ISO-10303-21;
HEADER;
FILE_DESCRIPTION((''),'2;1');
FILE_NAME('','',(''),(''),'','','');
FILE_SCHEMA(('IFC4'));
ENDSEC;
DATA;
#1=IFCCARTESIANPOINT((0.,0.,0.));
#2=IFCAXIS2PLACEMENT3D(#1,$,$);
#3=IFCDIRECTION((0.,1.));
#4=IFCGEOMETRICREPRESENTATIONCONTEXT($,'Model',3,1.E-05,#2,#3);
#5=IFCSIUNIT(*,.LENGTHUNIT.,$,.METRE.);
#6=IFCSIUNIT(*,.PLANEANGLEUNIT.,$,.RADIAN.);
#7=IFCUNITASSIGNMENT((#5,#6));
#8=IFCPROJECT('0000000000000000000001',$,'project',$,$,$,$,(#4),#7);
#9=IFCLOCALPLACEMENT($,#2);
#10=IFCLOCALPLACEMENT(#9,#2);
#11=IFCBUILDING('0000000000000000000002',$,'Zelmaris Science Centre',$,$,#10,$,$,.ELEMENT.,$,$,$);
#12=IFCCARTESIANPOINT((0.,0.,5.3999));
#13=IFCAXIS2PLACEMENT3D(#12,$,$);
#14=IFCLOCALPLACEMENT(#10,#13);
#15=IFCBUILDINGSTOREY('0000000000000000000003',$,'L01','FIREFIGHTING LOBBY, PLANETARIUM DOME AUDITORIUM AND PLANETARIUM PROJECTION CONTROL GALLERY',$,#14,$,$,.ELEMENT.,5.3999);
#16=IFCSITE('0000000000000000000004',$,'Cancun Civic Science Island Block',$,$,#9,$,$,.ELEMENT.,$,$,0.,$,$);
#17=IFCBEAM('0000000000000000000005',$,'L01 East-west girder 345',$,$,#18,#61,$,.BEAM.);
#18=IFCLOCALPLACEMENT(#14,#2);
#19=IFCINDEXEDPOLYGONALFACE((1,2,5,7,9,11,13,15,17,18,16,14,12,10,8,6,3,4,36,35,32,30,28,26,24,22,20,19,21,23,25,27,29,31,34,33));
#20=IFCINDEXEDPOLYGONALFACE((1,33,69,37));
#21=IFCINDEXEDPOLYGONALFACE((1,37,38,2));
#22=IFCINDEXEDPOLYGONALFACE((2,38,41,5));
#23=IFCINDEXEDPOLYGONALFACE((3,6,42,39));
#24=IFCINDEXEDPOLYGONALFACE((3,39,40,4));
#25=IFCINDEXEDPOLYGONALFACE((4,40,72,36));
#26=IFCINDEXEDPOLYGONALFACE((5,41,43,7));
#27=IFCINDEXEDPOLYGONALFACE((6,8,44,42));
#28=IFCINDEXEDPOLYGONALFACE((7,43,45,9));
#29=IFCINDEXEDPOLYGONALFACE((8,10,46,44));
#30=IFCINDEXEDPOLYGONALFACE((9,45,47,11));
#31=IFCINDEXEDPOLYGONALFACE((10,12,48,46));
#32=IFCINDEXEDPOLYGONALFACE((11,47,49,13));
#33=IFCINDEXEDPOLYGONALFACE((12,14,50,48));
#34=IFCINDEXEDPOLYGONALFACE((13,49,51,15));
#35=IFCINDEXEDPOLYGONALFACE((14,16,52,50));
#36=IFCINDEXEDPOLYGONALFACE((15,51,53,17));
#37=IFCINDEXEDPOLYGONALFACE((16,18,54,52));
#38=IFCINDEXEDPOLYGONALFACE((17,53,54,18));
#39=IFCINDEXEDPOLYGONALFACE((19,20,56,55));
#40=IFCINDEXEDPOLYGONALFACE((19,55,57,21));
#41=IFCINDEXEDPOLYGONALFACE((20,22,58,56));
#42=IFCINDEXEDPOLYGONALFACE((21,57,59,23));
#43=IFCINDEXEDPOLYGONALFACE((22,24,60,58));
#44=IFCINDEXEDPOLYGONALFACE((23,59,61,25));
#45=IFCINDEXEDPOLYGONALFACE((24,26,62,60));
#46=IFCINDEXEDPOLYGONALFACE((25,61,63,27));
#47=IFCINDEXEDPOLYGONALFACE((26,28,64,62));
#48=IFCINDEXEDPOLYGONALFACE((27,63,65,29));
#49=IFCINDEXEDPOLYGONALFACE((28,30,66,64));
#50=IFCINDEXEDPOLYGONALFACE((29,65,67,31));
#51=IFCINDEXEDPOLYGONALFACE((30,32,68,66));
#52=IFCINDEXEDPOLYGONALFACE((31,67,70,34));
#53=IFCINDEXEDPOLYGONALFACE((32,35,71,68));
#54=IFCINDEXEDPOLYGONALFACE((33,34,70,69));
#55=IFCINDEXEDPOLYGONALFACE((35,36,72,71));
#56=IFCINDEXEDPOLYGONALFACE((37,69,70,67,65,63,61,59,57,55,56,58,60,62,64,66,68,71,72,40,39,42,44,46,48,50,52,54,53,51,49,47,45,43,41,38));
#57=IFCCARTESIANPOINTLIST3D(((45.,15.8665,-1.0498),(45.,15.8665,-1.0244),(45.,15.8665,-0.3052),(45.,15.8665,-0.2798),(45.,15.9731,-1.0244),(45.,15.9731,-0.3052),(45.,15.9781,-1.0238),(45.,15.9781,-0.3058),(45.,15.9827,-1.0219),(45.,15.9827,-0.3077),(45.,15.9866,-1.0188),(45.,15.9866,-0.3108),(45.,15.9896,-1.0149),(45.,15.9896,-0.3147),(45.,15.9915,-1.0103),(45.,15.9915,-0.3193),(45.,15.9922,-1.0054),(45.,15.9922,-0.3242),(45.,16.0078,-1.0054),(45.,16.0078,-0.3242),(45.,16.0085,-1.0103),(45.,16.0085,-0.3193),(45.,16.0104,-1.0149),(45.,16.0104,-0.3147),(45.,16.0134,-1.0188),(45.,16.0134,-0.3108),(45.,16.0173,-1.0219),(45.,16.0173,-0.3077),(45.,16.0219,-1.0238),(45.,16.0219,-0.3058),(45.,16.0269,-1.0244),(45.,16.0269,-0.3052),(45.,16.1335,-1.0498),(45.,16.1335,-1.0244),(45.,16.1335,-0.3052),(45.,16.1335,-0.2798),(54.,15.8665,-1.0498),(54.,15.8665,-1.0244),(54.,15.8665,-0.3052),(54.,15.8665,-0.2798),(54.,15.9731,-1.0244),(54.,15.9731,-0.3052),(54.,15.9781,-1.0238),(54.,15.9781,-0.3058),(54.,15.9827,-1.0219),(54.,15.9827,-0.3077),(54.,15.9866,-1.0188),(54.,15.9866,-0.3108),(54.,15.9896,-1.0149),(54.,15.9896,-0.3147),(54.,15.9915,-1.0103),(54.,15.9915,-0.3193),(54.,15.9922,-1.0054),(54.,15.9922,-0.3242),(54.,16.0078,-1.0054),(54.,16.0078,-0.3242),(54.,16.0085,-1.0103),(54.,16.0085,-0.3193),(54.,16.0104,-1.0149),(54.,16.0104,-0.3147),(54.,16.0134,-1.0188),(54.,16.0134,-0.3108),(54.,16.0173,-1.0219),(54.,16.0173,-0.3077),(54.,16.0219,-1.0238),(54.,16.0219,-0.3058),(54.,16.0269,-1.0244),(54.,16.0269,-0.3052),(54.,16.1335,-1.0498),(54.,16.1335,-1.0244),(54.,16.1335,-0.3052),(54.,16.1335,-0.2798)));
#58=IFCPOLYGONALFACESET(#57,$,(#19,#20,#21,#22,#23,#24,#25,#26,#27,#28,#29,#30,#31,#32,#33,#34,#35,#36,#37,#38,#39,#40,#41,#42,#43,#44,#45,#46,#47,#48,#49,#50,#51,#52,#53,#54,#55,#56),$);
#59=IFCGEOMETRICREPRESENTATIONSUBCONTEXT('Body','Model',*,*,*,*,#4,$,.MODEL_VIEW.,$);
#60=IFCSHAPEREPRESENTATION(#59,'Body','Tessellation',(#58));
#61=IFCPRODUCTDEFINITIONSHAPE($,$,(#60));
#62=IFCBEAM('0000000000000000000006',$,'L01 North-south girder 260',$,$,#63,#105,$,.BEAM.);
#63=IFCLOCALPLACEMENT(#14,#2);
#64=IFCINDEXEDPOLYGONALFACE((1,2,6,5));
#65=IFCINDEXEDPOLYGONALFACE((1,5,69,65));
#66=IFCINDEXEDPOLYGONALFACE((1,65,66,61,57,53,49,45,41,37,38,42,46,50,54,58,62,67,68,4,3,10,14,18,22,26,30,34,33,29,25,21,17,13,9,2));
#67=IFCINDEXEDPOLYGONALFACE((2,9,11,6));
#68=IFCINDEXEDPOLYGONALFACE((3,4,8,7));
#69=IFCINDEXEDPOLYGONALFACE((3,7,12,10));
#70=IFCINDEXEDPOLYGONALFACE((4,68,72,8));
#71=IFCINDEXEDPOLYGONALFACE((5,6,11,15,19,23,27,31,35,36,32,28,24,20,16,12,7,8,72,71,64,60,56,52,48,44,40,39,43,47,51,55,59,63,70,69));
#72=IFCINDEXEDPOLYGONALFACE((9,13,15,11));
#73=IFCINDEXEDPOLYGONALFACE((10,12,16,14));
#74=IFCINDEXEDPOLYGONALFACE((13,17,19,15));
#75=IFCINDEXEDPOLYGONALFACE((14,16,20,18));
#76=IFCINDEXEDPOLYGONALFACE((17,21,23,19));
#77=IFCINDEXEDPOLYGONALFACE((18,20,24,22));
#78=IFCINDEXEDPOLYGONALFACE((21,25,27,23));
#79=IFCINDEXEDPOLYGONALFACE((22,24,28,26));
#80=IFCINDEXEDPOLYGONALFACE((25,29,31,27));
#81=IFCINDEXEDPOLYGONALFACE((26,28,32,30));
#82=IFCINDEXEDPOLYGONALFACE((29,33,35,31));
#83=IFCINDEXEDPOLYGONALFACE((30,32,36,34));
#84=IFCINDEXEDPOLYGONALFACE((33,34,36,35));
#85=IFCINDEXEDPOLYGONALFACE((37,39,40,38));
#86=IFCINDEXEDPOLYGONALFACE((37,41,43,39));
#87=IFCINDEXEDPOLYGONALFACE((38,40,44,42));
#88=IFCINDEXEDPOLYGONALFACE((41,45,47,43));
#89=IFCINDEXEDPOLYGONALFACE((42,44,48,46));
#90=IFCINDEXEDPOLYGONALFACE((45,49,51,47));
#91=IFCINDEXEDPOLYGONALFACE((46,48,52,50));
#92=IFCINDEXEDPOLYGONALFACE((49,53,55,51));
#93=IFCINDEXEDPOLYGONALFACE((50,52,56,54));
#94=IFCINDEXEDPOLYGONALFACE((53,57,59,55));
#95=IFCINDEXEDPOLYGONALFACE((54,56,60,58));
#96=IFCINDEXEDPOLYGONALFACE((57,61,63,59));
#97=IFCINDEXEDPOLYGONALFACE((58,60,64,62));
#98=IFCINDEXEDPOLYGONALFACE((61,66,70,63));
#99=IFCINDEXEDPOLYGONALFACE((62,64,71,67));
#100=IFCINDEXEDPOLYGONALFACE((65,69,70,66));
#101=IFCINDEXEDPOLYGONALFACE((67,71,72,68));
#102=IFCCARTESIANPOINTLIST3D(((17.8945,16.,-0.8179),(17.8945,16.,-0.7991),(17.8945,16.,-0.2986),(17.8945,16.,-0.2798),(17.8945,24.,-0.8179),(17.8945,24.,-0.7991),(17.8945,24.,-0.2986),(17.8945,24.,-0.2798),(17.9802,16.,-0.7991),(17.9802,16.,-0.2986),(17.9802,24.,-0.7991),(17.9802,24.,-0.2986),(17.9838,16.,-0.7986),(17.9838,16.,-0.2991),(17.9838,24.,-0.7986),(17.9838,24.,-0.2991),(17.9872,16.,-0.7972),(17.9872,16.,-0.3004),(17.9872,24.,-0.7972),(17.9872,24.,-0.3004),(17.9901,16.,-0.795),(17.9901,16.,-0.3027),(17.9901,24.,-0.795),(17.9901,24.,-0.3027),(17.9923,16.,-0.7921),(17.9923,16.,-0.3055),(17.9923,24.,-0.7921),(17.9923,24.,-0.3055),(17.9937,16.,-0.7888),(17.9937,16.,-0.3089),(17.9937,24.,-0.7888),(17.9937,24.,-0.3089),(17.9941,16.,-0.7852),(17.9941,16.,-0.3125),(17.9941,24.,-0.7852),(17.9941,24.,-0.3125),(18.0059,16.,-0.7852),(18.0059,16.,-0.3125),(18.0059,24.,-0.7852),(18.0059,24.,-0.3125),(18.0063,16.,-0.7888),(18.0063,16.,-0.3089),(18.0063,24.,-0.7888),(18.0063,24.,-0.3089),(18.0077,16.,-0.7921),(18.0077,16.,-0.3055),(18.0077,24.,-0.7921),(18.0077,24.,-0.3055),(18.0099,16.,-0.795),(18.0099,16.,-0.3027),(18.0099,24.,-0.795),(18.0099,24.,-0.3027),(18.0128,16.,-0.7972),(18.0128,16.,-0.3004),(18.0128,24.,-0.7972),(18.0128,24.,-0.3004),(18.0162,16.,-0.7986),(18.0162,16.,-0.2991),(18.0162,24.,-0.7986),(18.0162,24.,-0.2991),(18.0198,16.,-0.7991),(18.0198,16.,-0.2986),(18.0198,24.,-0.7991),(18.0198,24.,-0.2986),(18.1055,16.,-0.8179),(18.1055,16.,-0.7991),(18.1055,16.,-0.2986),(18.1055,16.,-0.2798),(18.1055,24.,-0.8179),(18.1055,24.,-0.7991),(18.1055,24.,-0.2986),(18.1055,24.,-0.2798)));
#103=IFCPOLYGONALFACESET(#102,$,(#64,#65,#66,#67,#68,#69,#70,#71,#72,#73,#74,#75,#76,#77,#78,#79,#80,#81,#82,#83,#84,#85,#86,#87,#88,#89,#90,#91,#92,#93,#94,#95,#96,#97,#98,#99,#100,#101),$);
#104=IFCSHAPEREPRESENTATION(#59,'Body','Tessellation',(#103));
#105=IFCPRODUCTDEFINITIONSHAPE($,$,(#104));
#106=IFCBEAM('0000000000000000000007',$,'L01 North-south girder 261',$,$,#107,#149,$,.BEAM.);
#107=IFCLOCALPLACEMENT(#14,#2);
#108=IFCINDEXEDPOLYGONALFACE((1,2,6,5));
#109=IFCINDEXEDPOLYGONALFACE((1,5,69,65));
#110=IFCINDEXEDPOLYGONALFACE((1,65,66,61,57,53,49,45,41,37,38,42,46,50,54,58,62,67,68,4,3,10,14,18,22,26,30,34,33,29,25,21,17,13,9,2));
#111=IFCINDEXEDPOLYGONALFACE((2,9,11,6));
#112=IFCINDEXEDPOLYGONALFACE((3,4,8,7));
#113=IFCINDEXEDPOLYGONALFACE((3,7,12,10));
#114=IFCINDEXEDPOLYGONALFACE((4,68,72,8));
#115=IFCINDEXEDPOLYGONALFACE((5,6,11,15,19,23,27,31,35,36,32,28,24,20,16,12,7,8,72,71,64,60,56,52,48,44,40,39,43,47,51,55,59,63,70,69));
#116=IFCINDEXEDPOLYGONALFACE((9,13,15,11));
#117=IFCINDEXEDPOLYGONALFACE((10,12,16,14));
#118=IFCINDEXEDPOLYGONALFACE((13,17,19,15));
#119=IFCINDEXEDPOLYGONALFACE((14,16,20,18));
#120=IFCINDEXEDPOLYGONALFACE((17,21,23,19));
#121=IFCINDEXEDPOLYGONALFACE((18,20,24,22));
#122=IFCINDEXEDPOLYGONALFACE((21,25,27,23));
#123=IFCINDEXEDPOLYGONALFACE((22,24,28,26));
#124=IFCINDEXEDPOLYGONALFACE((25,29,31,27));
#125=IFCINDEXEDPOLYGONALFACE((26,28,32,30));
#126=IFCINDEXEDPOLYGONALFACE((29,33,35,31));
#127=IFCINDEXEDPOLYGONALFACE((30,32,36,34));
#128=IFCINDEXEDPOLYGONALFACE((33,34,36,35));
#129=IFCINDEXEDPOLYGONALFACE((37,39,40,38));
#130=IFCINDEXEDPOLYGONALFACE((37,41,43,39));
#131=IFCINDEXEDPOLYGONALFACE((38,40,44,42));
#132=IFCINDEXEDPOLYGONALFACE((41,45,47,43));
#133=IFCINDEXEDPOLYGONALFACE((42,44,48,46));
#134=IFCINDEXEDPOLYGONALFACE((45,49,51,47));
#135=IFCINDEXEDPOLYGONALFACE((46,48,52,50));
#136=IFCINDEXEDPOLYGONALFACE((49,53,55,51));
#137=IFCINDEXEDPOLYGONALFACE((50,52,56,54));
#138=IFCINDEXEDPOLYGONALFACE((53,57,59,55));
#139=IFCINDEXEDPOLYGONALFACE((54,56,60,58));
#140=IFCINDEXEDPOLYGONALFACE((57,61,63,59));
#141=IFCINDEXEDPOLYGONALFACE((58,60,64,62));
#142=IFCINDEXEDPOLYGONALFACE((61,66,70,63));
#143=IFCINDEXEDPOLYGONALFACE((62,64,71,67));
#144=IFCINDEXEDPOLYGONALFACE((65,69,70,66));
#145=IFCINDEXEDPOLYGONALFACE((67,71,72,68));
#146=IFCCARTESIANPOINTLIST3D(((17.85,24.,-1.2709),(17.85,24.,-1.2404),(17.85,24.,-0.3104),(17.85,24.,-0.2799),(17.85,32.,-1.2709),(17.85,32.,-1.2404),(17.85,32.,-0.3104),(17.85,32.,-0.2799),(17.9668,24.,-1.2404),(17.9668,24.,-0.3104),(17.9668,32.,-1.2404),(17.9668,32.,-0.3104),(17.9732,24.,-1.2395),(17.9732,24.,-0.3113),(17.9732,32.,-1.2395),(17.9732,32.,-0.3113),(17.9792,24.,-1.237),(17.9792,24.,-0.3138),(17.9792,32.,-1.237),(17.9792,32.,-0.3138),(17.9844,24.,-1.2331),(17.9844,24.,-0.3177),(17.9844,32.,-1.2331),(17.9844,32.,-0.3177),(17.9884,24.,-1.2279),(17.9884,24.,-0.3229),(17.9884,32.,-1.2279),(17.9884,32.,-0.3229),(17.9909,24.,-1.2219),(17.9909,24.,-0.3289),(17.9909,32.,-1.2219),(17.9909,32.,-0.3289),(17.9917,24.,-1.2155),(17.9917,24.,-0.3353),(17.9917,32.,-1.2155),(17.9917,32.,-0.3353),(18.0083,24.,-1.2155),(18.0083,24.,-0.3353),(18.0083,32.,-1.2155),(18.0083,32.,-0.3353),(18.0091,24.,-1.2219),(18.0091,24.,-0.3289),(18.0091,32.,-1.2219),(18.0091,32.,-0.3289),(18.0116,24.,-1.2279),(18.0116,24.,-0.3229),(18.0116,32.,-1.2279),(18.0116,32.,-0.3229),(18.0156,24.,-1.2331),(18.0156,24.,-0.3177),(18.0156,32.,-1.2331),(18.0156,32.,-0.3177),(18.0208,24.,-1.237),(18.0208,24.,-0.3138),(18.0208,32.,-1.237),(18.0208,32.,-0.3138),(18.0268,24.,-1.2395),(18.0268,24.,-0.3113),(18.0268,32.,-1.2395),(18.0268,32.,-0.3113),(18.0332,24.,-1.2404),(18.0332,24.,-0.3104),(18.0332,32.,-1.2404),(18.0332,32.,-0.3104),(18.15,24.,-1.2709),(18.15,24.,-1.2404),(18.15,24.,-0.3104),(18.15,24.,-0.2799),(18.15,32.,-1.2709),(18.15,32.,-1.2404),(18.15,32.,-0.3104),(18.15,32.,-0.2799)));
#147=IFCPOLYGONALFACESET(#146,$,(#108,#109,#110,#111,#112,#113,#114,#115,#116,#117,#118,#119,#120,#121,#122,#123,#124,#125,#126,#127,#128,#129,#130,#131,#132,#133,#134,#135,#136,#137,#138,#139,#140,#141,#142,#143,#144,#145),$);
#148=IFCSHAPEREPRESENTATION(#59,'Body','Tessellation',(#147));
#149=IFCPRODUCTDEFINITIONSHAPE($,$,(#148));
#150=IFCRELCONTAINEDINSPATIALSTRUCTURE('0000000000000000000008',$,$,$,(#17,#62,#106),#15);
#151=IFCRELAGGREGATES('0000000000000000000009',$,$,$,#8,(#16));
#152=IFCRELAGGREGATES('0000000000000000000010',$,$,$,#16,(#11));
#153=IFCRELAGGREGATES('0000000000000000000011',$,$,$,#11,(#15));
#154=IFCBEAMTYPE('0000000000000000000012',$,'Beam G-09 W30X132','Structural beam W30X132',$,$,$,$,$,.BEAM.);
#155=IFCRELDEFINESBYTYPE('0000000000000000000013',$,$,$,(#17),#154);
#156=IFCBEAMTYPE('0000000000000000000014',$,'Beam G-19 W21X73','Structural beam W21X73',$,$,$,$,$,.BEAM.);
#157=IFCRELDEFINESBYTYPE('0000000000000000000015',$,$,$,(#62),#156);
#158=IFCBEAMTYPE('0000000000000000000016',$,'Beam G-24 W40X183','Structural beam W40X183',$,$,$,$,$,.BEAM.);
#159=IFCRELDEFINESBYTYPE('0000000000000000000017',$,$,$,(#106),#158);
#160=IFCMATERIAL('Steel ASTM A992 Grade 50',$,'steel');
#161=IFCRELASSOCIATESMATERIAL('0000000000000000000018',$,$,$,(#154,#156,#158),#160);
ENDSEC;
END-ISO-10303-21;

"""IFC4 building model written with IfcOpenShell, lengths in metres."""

from ifc_helpers import new_model, si_unit, direction, frame, origin, origin_2d, place, context, subcontext, project, spatial, i_section, extrude, material, material_profile, profile_set, type_object, element, save


model = new_model("IFC4")

# Units and contexts
model_context = context("Model", 3, precision=1e-05, world=origin(), true_north=direction((0.0, 1.0)))
body_context = subcontext(model_context, "Body", "Model", "MODEL_VIEW")
ifc_project = project(units=[si_unit("LENGTHUNIT", "METRE"), si_unit("PLANEANGLEUNIT", "RADIAN")], contexts=[model_context])

# Site, building, storey
site_placement = place(None, origin())
site = spatial("IfcSite", under=ifc_project, at=site_placement, Name="Cancun Civic Science Island Block", CompositionType="ELEMENT", RefElevation=0.0)
building_placement = place(site_placement, origin())
building = spatial("IfcBuilding", under=site, at=building_placement, Name="Zelmaris Science Centre", CompositionType="ELEMENT")
storey_placement = place(building_placement, frame((0.0, 0.0, 5.3999)))
storey = spatial("IfcBuildingStorey", under=building, at=storey_placement, Name="L01", Description="FIREFIGHTING LOBBY, PLANETARIUM DOME AUDITORIUM AND PLANETARIUM PROJECTION CONTROL GALLERY", CompositionType="ELEMENT", Elevation=5.3999)

# Shared definitions
ifc_material_1 = material(Name="Steel ASTM A992 Grade 50", Category="steel")

# Beams
ifc_material_profile_1 = material_profile(ifc_material_1, i_section(OverallWidth=0.2671, OverallDepth=0.77, WebThickness=0.0156, FlangeThickness=0.0254, FilletRadius=0.019, at=origin_2d()), Name="W30X132")
ifc_profile_set_1 = profile_set([ifc_material_profile_1], Name="Steel ASTM A992 Grade 50")
beam_type_1 = type_object("IfcBeamType", Name="Beam G-09 W30X132", Description="Structural beam W30X132", PredefinedType="BEAM", material=ifc_profile_set_1)
beam_1_placement = place(storey_placement, frame((45.0, 16.0, -0.6648), z_axis=(1.0, 0.0, 0.0), x_axis=(0.0, 1.0, 0.0)))
element("IfcBeam", 1, at=beam_1_placement, inside=storey, type_object=beam_type_1, Name="L01 East-west girder 345", PredefinedType="BEAM", context=body_context, shape_type="SweptSolid", body=[
    extrude(i_section(OverallWidth=0.2671, OverallDepth=0.77, WebThickness=0.0156, FlangeThickness=0.0254, FilletRadius=0.019, at=origin_2d()), origin(), (0.0, 0.0, 1.0), 9.0),
])
ifc_material_profile_2 = material_profile(ifc_material_1, i_section(OverallWidth=0.2109, OverallDepth=0.5381, WebThickness=0.0117, FlangeThickness=0.0188, FilletRadius=0.0139, at=origin_2d()), Name="W21X73")
ifc_profile_set_2 = profile_set([ifc_material_profile_2], Name="Steel ASTM A992 Grade 50")
beam_type_2 = type_object("IfcBeamType", Name="Beam G-19 W21X73", Description="Structural beam W21X73", PredefinedType="BEAM", material=ifc_profile_set_2)
beam_2_placement = place(storey_placement, frame((18.0, 16.0, -0.5488), z_axis=(0.0, 1.0, 0.0), x_axis=(-1.0, 0.0, 0.0)))
element("IfcBeam", 2, at=beam_2_placement, inside=storey, type_object=beam_type_2, Name="L01 North-south girder 260", PredefinedType="BEAM", context=body_context, shape_type="SweptSolid", body=[
    extrude(i_section(OverallWidth=0.2109, OverallDepth=0.5381, WebThickness=0.0117, FlangeThickness=0.0188, FilletRadius=0.0139, at=origin_2d()), origin(), (0.0, 0.0, 1.0), 8.0),
])
ifc_material_profile_3 = material_profile(ifc_material_1, i_section(OverallWidth=0.3, OverallDepth=0.991, WebThickness=0.0166, FlangeThickness=0.0305, FilletRadius=0.0249, at=origin_2d()), Name="W40X183")
ifc_profile_set_3 = profile_set([ifc_material_profile_3], Name="Steel ASTM A992 Grade 50")
beam_type_3 = type_object("IfcBeamType", Name="Beam G-24 W40X183", Description="Structural beam W40X183", PredefinedType="BEAM", material=ifc_profile_set_3)
beam_3_placement = place(storey_placement, frame((18.0, 24.0, -0.7754), z_axis=(0.0, 1.0, 0.0), x_axis=(-1.0, 0.0, 0.0)))
element("IfcBeam", 3, at=beam_3_placement, inside=storey, type_object=beam_type_3, Name="L01 North-south girder 261", PredefinedType="BEAM", context=body_context, shape_type="SweptSolid", body=[
    extrude(i_section(OverallWidth=0.3, OverallDepth=0.991, WebThickness=0.0166, FlangeThickness=0.0305, FilletRadius=0.0249, at=origin_2d()), origin(), (0.0, 0.0, 1.0), 8.0),
])

save(model, "model.ifc")
